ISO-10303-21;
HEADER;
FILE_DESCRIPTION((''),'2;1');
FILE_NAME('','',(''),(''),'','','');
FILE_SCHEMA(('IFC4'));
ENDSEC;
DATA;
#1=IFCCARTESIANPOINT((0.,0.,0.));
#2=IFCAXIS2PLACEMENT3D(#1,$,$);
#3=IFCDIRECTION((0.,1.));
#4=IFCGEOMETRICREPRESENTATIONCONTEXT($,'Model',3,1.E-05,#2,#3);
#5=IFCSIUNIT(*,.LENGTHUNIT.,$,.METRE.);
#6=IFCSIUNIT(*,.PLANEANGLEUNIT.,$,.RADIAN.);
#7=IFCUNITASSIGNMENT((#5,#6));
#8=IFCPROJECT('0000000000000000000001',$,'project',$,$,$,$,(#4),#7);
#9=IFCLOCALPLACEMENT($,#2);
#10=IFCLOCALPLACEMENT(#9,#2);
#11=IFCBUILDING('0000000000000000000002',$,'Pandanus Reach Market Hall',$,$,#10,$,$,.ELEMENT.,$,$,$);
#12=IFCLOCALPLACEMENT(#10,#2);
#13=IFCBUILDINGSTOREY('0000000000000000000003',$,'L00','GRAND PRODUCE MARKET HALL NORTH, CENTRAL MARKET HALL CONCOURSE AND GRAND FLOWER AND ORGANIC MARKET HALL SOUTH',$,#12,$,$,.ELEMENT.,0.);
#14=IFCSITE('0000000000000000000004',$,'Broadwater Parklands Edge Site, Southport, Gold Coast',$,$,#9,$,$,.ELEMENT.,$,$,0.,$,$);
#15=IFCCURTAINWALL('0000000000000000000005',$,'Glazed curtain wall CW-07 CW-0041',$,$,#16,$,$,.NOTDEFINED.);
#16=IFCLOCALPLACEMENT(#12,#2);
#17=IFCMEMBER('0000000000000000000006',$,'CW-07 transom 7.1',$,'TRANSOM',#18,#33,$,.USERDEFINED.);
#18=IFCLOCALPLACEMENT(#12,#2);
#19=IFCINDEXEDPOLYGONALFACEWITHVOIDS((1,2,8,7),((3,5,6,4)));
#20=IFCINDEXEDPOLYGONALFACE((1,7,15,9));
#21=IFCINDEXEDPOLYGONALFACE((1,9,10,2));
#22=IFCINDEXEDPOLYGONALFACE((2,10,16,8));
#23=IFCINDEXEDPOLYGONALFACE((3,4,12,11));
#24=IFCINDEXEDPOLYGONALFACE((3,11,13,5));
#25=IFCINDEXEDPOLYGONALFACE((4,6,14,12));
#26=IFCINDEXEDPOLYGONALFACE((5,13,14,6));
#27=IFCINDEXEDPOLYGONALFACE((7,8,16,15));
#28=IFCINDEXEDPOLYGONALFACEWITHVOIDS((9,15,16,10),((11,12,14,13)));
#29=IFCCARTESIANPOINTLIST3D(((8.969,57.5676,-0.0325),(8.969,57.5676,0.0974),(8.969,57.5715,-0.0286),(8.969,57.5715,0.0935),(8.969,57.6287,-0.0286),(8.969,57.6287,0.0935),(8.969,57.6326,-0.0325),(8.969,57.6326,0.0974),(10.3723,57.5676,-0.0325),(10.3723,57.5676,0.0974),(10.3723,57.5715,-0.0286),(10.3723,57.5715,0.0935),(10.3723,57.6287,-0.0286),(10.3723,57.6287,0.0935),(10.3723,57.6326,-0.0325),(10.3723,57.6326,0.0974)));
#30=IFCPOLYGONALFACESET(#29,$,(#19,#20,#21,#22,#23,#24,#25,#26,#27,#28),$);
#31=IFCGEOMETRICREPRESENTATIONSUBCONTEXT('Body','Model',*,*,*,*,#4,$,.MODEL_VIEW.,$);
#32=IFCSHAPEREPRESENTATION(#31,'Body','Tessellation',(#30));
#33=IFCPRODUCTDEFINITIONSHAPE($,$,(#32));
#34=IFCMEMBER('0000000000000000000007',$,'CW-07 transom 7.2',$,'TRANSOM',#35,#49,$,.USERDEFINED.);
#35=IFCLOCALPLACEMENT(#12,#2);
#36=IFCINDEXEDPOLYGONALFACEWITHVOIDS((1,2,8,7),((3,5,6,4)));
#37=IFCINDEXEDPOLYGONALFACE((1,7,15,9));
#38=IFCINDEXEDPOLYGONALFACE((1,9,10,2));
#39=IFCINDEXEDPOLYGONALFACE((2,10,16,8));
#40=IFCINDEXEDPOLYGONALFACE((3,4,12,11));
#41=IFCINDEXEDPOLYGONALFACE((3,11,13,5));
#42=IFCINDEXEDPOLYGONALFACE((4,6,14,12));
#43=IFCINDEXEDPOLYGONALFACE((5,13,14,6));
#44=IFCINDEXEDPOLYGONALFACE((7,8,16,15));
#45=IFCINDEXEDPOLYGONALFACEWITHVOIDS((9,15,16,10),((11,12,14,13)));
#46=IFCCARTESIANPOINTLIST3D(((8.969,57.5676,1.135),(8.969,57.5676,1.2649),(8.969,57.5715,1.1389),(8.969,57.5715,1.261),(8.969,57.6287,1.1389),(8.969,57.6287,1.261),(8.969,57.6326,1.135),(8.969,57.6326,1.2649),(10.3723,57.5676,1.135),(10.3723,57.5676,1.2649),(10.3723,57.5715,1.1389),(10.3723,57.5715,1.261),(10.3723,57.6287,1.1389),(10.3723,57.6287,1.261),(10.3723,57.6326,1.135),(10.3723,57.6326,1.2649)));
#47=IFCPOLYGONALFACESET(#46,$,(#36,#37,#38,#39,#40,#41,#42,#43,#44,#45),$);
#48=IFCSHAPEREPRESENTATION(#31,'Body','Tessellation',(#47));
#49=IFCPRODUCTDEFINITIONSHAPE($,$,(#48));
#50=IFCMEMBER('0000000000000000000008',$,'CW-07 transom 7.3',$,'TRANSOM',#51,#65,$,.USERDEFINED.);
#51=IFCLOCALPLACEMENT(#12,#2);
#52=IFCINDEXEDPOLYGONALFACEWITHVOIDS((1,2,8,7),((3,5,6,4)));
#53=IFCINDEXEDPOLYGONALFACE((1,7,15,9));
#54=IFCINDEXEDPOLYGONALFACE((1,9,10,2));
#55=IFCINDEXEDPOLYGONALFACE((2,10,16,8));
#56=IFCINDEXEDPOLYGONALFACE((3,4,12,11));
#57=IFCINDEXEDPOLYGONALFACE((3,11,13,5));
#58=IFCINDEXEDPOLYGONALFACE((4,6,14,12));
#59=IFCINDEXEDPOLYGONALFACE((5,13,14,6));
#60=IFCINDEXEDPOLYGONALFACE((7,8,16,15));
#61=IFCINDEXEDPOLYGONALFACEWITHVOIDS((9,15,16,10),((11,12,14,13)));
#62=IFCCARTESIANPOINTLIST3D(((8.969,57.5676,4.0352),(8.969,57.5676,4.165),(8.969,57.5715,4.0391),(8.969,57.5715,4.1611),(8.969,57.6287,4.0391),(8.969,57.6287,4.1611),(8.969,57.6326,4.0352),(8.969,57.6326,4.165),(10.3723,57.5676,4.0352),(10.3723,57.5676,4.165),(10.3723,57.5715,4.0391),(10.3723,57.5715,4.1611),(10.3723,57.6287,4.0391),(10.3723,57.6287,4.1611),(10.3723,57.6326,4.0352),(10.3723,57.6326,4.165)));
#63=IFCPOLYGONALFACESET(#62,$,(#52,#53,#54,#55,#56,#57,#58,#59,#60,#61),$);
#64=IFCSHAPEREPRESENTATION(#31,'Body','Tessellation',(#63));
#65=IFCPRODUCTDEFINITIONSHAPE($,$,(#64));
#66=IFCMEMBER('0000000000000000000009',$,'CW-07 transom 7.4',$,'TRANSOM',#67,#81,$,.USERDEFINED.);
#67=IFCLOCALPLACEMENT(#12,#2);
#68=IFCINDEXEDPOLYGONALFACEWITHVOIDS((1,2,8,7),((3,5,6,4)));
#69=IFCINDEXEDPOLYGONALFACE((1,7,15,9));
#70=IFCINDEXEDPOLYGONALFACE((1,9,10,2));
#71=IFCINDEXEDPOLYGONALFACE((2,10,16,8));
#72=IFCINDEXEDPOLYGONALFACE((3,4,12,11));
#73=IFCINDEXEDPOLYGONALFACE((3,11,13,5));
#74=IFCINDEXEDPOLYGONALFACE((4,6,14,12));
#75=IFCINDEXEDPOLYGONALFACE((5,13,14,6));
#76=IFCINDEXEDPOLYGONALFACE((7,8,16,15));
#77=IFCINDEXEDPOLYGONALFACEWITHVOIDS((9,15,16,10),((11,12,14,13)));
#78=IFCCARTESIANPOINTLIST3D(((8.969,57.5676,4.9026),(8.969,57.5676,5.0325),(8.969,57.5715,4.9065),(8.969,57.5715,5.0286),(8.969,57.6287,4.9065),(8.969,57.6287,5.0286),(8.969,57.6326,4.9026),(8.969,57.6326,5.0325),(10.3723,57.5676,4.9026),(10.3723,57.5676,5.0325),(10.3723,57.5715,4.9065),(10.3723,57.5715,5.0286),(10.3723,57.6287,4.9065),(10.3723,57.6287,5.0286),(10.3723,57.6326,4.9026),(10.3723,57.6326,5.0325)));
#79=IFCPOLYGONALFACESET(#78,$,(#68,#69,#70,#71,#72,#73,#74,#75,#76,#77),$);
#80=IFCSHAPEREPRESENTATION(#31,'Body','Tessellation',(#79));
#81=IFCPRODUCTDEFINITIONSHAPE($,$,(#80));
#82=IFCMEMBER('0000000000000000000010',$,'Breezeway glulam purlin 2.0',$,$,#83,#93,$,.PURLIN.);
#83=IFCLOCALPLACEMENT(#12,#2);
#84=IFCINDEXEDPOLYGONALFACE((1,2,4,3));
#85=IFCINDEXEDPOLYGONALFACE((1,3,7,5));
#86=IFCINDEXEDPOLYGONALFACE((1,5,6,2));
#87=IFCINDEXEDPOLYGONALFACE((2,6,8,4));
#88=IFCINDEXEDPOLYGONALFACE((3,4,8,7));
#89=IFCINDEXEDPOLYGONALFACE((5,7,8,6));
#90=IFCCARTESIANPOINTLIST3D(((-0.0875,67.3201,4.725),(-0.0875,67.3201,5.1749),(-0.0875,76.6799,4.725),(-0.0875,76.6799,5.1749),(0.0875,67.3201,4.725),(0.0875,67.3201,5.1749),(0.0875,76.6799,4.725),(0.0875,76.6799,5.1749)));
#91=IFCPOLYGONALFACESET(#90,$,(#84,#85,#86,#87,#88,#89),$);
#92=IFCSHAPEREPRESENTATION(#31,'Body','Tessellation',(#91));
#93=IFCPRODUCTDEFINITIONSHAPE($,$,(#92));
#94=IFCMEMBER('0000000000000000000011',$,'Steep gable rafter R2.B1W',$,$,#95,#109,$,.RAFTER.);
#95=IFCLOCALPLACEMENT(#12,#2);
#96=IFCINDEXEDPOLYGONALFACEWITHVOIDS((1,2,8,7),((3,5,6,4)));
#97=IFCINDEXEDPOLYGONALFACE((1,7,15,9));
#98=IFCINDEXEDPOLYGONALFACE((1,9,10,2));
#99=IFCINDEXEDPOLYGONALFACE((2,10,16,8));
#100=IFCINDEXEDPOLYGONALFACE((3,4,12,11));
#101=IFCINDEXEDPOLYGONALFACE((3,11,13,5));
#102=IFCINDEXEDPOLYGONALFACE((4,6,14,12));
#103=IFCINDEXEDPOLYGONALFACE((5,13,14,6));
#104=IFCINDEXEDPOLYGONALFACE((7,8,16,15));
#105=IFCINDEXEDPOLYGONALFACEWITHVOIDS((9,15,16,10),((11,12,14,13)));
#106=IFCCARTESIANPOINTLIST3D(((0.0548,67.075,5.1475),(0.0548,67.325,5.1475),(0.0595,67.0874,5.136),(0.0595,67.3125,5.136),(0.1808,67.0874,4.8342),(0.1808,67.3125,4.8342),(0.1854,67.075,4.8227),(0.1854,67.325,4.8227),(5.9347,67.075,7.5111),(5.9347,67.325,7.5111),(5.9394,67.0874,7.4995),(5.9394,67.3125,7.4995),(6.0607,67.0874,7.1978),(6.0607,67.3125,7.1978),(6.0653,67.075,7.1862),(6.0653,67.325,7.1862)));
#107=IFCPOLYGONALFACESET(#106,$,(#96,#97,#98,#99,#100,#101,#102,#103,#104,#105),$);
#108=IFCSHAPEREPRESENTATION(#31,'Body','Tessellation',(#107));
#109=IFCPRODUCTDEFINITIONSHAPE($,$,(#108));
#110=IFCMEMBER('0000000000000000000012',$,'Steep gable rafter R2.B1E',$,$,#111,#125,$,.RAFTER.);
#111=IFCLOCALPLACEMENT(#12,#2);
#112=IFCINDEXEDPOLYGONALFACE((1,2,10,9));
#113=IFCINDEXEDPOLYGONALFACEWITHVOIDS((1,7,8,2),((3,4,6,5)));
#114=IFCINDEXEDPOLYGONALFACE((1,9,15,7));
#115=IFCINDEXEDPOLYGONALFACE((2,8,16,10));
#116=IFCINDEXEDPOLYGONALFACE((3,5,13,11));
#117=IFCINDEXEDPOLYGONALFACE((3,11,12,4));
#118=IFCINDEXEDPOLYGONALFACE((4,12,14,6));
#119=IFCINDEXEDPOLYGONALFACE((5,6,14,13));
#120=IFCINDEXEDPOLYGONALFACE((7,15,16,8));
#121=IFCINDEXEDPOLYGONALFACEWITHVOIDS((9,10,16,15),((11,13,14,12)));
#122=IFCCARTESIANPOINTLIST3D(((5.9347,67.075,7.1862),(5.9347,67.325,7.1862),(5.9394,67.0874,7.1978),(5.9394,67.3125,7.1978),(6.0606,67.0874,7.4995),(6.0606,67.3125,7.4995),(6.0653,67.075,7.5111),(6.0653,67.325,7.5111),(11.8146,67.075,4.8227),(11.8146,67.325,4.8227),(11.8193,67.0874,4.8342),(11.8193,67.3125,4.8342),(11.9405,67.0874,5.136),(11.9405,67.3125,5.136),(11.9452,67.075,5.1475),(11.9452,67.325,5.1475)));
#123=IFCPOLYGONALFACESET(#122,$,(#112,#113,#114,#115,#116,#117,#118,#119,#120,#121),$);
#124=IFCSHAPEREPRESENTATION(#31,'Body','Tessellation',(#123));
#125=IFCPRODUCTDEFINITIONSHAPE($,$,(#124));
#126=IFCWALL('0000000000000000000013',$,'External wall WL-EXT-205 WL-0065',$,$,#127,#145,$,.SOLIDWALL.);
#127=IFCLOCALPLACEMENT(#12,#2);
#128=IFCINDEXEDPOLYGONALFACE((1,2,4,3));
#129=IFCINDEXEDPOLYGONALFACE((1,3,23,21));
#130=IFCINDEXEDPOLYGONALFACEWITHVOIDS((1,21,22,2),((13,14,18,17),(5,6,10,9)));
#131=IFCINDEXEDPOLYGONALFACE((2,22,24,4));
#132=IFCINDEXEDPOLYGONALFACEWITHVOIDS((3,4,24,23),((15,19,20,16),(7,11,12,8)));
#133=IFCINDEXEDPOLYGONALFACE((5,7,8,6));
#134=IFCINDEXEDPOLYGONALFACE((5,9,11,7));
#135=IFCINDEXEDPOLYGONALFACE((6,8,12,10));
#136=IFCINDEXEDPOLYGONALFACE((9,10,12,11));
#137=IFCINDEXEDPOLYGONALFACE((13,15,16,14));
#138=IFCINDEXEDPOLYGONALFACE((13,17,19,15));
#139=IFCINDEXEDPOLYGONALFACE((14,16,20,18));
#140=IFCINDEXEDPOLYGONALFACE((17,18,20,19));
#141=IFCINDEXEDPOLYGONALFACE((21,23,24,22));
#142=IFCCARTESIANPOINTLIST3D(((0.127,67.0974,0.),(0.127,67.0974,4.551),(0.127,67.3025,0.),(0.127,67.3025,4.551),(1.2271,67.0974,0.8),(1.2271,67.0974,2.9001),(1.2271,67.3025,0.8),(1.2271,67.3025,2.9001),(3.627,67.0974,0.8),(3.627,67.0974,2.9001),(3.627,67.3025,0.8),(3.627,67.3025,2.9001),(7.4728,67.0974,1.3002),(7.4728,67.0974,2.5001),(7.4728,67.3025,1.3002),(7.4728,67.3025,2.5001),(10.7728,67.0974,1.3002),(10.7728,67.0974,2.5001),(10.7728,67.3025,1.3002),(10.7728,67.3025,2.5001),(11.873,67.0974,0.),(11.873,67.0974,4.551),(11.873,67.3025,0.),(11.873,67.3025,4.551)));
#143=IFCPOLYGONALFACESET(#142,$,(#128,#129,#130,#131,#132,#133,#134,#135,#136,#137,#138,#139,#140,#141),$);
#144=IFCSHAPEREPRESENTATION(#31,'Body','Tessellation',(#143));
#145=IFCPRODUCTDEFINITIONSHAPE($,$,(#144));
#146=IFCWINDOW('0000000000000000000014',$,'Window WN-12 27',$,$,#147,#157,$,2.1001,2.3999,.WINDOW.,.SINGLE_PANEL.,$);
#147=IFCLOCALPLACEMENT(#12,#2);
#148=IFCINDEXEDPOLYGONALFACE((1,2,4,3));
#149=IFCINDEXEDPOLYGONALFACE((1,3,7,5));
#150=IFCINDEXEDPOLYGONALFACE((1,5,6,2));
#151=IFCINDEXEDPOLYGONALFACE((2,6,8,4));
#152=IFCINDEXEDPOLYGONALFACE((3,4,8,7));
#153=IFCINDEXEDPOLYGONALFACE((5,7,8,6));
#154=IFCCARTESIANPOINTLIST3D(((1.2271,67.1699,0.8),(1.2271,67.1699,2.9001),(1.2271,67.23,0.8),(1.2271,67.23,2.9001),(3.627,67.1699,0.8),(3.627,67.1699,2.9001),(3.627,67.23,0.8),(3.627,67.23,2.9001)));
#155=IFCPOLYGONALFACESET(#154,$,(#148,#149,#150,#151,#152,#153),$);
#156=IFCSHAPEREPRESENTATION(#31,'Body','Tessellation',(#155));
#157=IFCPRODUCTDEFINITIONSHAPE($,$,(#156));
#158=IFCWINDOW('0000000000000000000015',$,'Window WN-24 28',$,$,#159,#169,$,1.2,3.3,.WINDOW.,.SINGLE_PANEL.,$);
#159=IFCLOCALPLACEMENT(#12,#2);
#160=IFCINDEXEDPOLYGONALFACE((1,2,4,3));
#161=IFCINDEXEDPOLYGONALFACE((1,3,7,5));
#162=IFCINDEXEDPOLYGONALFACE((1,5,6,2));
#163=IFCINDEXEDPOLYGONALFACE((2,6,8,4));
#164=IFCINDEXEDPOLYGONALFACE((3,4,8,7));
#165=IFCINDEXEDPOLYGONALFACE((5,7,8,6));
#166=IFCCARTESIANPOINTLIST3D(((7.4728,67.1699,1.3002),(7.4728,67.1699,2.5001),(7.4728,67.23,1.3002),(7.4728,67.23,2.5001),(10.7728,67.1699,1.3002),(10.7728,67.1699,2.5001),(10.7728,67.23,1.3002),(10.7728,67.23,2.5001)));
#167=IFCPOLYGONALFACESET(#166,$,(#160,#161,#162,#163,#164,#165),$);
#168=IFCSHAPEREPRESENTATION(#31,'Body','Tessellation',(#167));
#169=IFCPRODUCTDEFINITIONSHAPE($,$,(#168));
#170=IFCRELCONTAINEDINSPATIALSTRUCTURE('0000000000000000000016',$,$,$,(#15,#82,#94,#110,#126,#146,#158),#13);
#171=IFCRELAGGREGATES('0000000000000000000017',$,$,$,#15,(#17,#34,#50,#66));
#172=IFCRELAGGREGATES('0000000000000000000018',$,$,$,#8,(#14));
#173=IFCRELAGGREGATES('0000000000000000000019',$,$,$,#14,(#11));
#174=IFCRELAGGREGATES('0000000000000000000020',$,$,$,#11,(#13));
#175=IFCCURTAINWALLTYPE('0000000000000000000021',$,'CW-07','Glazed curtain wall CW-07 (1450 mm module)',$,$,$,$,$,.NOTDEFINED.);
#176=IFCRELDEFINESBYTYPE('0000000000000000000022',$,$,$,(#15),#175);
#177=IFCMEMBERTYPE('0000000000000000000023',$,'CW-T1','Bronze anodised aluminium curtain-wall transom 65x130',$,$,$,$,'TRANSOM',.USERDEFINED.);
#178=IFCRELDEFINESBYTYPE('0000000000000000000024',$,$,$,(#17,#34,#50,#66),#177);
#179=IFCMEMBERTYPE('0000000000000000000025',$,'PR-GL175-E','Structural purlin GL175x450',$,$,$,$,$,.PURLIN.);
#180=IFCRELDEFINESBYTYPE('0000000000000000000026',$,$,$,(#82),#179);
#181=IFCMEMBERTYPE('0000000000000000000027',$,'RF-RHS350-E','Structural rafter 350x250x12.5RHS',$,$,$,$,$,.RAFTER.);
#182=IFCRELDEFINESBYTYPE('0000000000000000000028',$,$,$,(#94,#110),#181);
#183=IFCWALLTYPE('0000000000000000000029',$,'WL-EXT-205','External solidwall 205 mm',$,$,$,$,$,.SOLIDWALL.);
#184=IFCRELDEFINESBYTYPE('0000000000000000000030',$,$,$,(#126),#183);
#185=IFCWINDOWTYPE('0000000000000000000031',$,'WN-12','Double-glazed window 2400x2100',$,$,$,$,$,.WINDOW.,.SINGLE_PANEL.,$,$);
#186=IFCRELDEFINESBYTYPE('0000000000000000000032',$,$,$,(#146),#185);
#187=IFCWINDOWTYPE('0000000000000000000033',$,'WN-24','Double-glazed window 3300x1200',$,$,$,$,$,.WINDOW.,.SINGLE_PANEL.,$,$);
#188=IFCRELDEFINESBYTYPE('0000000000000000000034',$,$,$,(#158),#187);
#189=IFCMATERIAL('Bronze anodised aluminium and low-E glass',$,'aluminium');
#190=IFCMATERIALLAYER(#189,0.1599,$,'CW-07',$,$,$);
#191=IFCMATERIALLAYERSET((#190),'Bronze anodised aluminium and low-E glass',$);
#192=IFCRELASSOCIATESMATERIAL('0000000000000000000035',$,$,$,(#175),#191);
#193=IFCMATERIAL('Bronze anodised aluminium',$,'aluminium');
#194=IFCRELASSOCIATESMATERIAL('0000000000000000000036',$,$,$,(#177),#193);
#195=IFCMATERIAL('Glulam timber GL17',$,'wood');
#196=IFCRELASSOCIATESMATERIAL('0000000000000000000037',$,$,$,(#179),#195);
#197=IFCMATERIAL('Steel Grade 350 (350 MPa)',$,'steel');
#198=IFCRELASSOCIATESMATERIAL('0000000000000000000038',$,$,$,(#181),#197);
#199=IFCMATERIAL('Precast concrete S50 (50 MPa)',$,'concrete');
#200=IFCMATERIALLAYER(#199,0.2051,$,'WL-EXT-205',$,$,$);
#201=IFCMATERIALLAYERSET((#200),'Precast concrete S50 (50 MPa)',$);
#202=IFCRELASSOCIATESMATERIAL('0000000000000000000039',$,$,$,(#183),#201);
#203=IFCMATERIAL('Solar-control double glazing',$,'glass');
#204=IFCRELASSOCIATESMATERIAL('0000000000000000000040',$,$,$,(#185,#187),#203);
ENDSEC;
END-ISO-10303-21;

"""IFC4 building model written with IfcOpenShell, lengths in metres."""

from ifc_helpers import new_model, si_unit, direction, frame, frame_2d, origin, origin_2d, place, context, subcontext, project, spatial, rectangle, hollow_rectangle, extrude, material, layer, layer_set, material_profile, profile_set, type_object, element, fill, aggregate, save


model = new_model("IFC4")

# Units and contexts
model_context = context("Model", 3, precision=1e-05, world=origin(), true_north=direction((0.0, 1.0)))
body_context = subcontext(model_context, "Body", "Model", "MODEL_VIEW")
ifc_project = project(units=[si_unit("LENGTHUNIT", "METRE"), si_unit("PLANEANGLEUNIT", "RADIAN")], contexts=[model_context])

# Site, building, storey
site_placement = place(None, origin())
site = spatial("IfcSite", under=ifc_project, at=site_placement, Name="Broadwater Parklands Edge Site, Southport, Gold Coast", CompositionType="ELEMENT", RefElevation=0.0)
building_placement = place(site_placement, origin())
building = spatial("IfcBuilding", under=site, at=building_placement, Name="Pandanus Reach Market Hall", CompositionType="ELEMENT")
storey_placement = place(building_placement, origin())
storey = spatial("IfcBuildingStorey", under=building, at=storey_placement, Name="L00", Description="GRAND PRODUCE MARKET HALL NORTH, CENTRAL MARKET HALL CONCOURSE AND GRAND FLOWER AND ORGANIC MARKET HALL SOUTH", CompositionType="ELEMENT", Elevation=0.0)

# Shared definitions
ifc_material_1 = material(Name="Steel Grade 350 (350 MPa)", Category="steel")

# Curtain wall, members
ifc_material_2 = material(Name="Bronze anodised aluminium and low-E glass", Category="aluminium")
ifc_layer_1 = layer(ifc_material_2, 0.1599, Name="CW-07")
ifc_layer_set_1 = layer_set([ifc_layer_1], Name="Bronze anodised aluminium and low-E glass")
curtain_wall_type = type_object("IfcCurtainWallType", Name="CW-07", Description="Glazed curtain wall CW-07 (1450 mm module)", PredefinedType="NOTDEFINED", material=ifc_layer_set_1)
curtain_wall_placement = place(storey_placement, origin())
curtain_wall = element("IfcCurtainWall", 1, at=curtain_wall_placement, inside=storey, type_object=curtain_wall_type, Name="Glazed curtain wall CW-07 CW-0041", PredefinedType="NOTDEFINED")
ifc_material_3 = material(Name="Bronze anodised aluminium", Category="aluminium")
ifc_material_profile_1 = material_profile(ifc_material_3, hollow_rectangle(XDim=0.0649, YDim=0.1299, WallThickness=0.0039, at=origin_2d()), Name="ALU65x130", Category="LoadBearing")
ifc_profile_set_1 = profile_set([ifc_material_profile_1], Name="Bronze anodised aluminium")
member_type_1 = type_object("IfcMemberType", Name="CW-T1", Description="Bronze anodised aluminium curtain-wall transom 65x130", ElementType="TRANSOM", PredefinedType="USERDEFINED", material=ifc_profile_set_1)
member_1_placement = place(storey_placement, frame((8.969, 57.6001, 0.0325), z_axis=(1.0, 0.0, 0.0), x_axis=(0.0, 1.0, 0.0)))
member_1 = element("IfcMember", 2, at=member_1_placement, type_object=member_type_1, Name="CW-07 transom 7.1", ObjectType="TRANSOM", PredefinedType="USERDEFINED", context=body_context, shape_type="SweptSolid", body=[
    extrude(hollow_rectangle(XDim=0.0649, YDim=0.1299, WallThickness=0.0039, at=origin_2d()), origin(), (0.0, 0.0, 1.0), 1.4033),
])
member_2_placement = place(storey_placement, frame((8.969, 57.6001, 1.2), z_axis=(1.0, 0.0, 0.0), x_axis=(0.0, 1.0, 0.0)))
member_2 = element("IfcMember", 3, at=member_2_placement, type_object=member_type_1, Name="CW-07 transom 7.2", ObjectType="TRANSOM", PredefinedType="USERDEFINED", context=body_context, shape_type="SweptSolid", body=[
    extrude(hollow_rectangle(XDim=0.0649, YDim=0.1299, WallThickness=0.0039, at=origin_2d()), origin(), (0.0, 0.0, 1.0), 1.4033),
])
member_3_placement = place(storey_placement, frame((8.969, 57.6001, 4.1001), z_axis=(1.0, 0.0, 0.0), x_axis=(0.0, 1.0, 0.0)))
member_3 = element("IfcMember", 4, at=member_3_placement, type_object=member_type_1, Name="CW-07 transom 7.3", ObjectType="TRANSOM", PredefinedType="USERDEFINED", context=body_context, shape_type="SweptSolid", body=[
    extrude(hollow_rectangle(XDim=0.0649, YDim=0.1299, WallThickness=0.0039, at=origin_2d()), origin(), (0.0, 0.0, 1.0), 1.4033),
])
member_4_placement = place(storey_placement, frame((8.969, 57.6001, 4.9675), z_axis=(1.0, 0.0, 0.0), x_axis=(0.0, 1.0, 0.0)))
member_4 = element("IfcMember", 5, at=member_4_placement, type_object=member_type_1, Name="CW-07 transom 7.4", ObjectType="TRANSOM", PredefinedType="USERDEFINED", context=body_context, shape_type="SweptSolid", body=[
    extrude(hollow_rectangle(XDim=0.0649, YDim=0.1299, WallThickness=0.0039, at=origin_2d()), origin(), (0.0, 0.0, 1.0), 1.4033),
])
aggregate(curtain_wall, [member_1, member_2, member_3, member_4])

# Members
ifc_material_4 = material(Name="Glulam timber GL17", Category="wood")
ifc_material_profile_2 = material_profile(ifc_material_4, rectangle(XDim=0.175, YDim=0.45, at=origin_2d()), Name="GL175x450", Category="LoadBearing")
ifc_profile_set_2 = profile_set([ifc_material_profile_2], Name="Glulam timber GL17")
member_type_2 = type_object("IfcMemberType", Name="PR-GL175-E", Description="Structural purlin GL175x450", PredefinedType="PURLIN", material=ifc_profile_set_2)
member_5_placement = place(storey_placement, frame((0.0, 67.3201, 4.95), z_axis=(0.0, 1.0, 0.0), x_axis=(-1.0, 0.0, 0.0)))
element("IfcMember", 6, at=member_5_placement, inside=storey, type_object=member_type_2, Name="Breezeway glulam purlin 2.0", PredefinedType="PURLIN", context=body_context, shape_type="SweptSolid", body=[
    extrude(rectangle(XDim=0.175, YDim=0.45, at=origin_2d()), origin(), (0.0, 0.0, 1.0), 9.3599),
])
ifc_material_profile_3 = material_profile(ifc_material_1, hollow_rectangle(XDim=0.25, YDim=0.3501, WallThickness=0.0125, at=origin_2d()), Name="350x250x12.5RHS", Category="LoadBearing")
ifc_profile_set_3 = profile_set([ifc_material_profile_3], Name="Steel Grade 350 (350 MPa)")
member_type_3 = type_object("IfcMemberType", Name="RF-RHS350-E", Description="Structural rafter 350x250x12.5RHS", PredefinedType="RAFTER", material=ifc_profile_set_3)
for number, where, z_axis, x_axis, name in (
    (7, (0.1201, 67.2, 4.9851), (0.927846, 0.0, 0.372964), (0.0, 1.0, 0.0), "Steep gable rafter R2.B1W"),
    (8, (6.0, 67.2, 7.3486), (0.927846, 0.0, -0.372964), (0.0, 1.0, 0.0), "Steep gable rafter R2.B1E"),
):
    element("IfcMember", number, at=place(storey_placement, frame(where, z_axis=z_axis, x_axis=x_axis)), inside=storey, type_object=member_type_3, Name=name, PredefinedType="RAFTER", context=body_context, shape_type="SweptSolid", body=[
        extrude(hollow_rectangle(XDim=0.25, YDim=0.3501, WallThickness=0.0125, at=origin_2d()), origin(), (0.0, 0.0, 1.0), 6.3372),
    ])

# Wall, openings, windows
ifc_material_5 = material(Name="Precast concrete S50 (50 MPa)", Category="concrete")
ifc_layer_2 = layer(ifc_material_5, 0.2051, Name="WL-EXT-205")
ifc_layer_set_2 = layer_set([ifc_layer_2], Name="Precast concrete S50 (50 MPa)")
wall_type_1 = type_object("IfcWallType", Name="WL-EXT-205", Description="External solidwall 205 mm", PredefinedType="SOLIDWALL", material=ifc_layer_set_2)
wall_1_placement = place(storey_placement, frame((0.127, 67.2, 0.0), z_axis=(0.0, 0.0, 1.0), x_axis=(1.0, 0.0, 0.0)))
wall_1 = element("IfcWall", 9, at=wall_1_placement, inside=storey, type_object=wall_type_1, Name="External wall WL-EXT-205 WL-0065", PredefinedType="SOLIDWALL", context=body_context, shape_type="SweptSolid", body=[
    extrude(rectangle(XDim=11.7461, YDim=0.2051, at=frame_2d((5.873, 0.0))), origin(), (0.0, 0.0, 1.0), 4.551),
])
opening_1_placement = place(wall_1_placement, frame((1.1001, 0.0, 0.8)))
opening_1 = element("IfcOpeningElement", 10, at=opening_1_placement, cuts=wall_1, PredefinedType="OPENING", context=body_context, shape_type="SweptSolid", body=[
    extrude(rectangle(XDim=2.3999, YDim=2.1001, at=frame_2d((1.2, 1.05))), frame((0.0, 0.1174, 0.0), z_axis=(0.0, -1.0, 0.0), x_axis=(1.0, 0.0, 0.0)), (0.0, 0.0, 1.0), 0.2351),
])
opening_2_placement = place(wall_1_placement, frame((7.3459, 0.0, 1.3)))
opening_2 = element("IfcOpeningElement", 11, at=opening_2_placement, cuts=wall_1, PredefinedType="OPENING", context=body_context, shape_type="SweptSolid", body=[
    extrude(rectangle(XDim=3.3, YDim=1.2, at=frame_2d((1.6499, 0.6001))), frame((0.0, 0.1174, 0.0), z_axis=(0.0, -1.0, 0.0), x_axis=(1.0, 0.0, 0.0)), (0.0, 0.0, 1.0), 0.2351),
])
ifc_material_6 = material(Name="Solar-control double glazing", Category="glass")
window_type_1 = type_object("IfcWindowType", Name="WN-12", Description="Double-glazed window 2400x2100", PartitioningType="SINGLE_PANEL", PredefinedType="WINDOW", material=ifc_material_6)
window_1_placement = place(opening_1_placement, origin())
window_1 = element("IfcWindow", 12, at=window_1_placement, inside=storey, type_object=window_type_1, Name="Window WN-12 27", OverallHeight=2.1001, OverallWidth=2.3999, PartitioningType="SINGLE_PANEL", PredefinedType="WINDOW", context=body_context, shape_type="SweptSolid", body=[
    extrude(rectangle(XDim=2.3999, YDim=2.1001, at=frame_2d((1.2, 1.05))), frame((0.0, 0.03, 0.0), z_axis=(0.0, -1.0, 0.0), x_axis=(1.0, 0.0, 0.0)), (0.0, 0.0, 1.0), 0.0601),
])
fill(opening_1, window_1)
window_type_2 = type_object("IfcWindowType", Name="WN-24", Description="Double-glazed window 3300x1200", PartitioningType="SINGLE_PANEL", PredefinedType="WINDOW", material=ifc_material_6)
window_2_placement = place(opening_2_placement, origin())
window_2 = element("IfcWindow", 13, at=window_2_placement, inside=storey, type_object=window_type_2, Name="Window WN-24 28", OverallHeight=1.2, OverallWidth=3.3, PartitioningType="SINGLE_PANEL", PredefinedType="WINDOW", context=body_context, shape_type="SweptSolid", body=[
    extrude(rectangle(XDim=3.3, YDim=1.2, at=frame_2d((1.6499, 0.6001))), frame((0.0, 0.03, 0.0), z_axis=(0.0, -1.0, 0.0), x_axis=(1.0, 0.0, 0.0)), (0.0, 0.0, 1.0), 0.0601),
])
fill(opening_2, window_2)

save(model, "model.ifc")
